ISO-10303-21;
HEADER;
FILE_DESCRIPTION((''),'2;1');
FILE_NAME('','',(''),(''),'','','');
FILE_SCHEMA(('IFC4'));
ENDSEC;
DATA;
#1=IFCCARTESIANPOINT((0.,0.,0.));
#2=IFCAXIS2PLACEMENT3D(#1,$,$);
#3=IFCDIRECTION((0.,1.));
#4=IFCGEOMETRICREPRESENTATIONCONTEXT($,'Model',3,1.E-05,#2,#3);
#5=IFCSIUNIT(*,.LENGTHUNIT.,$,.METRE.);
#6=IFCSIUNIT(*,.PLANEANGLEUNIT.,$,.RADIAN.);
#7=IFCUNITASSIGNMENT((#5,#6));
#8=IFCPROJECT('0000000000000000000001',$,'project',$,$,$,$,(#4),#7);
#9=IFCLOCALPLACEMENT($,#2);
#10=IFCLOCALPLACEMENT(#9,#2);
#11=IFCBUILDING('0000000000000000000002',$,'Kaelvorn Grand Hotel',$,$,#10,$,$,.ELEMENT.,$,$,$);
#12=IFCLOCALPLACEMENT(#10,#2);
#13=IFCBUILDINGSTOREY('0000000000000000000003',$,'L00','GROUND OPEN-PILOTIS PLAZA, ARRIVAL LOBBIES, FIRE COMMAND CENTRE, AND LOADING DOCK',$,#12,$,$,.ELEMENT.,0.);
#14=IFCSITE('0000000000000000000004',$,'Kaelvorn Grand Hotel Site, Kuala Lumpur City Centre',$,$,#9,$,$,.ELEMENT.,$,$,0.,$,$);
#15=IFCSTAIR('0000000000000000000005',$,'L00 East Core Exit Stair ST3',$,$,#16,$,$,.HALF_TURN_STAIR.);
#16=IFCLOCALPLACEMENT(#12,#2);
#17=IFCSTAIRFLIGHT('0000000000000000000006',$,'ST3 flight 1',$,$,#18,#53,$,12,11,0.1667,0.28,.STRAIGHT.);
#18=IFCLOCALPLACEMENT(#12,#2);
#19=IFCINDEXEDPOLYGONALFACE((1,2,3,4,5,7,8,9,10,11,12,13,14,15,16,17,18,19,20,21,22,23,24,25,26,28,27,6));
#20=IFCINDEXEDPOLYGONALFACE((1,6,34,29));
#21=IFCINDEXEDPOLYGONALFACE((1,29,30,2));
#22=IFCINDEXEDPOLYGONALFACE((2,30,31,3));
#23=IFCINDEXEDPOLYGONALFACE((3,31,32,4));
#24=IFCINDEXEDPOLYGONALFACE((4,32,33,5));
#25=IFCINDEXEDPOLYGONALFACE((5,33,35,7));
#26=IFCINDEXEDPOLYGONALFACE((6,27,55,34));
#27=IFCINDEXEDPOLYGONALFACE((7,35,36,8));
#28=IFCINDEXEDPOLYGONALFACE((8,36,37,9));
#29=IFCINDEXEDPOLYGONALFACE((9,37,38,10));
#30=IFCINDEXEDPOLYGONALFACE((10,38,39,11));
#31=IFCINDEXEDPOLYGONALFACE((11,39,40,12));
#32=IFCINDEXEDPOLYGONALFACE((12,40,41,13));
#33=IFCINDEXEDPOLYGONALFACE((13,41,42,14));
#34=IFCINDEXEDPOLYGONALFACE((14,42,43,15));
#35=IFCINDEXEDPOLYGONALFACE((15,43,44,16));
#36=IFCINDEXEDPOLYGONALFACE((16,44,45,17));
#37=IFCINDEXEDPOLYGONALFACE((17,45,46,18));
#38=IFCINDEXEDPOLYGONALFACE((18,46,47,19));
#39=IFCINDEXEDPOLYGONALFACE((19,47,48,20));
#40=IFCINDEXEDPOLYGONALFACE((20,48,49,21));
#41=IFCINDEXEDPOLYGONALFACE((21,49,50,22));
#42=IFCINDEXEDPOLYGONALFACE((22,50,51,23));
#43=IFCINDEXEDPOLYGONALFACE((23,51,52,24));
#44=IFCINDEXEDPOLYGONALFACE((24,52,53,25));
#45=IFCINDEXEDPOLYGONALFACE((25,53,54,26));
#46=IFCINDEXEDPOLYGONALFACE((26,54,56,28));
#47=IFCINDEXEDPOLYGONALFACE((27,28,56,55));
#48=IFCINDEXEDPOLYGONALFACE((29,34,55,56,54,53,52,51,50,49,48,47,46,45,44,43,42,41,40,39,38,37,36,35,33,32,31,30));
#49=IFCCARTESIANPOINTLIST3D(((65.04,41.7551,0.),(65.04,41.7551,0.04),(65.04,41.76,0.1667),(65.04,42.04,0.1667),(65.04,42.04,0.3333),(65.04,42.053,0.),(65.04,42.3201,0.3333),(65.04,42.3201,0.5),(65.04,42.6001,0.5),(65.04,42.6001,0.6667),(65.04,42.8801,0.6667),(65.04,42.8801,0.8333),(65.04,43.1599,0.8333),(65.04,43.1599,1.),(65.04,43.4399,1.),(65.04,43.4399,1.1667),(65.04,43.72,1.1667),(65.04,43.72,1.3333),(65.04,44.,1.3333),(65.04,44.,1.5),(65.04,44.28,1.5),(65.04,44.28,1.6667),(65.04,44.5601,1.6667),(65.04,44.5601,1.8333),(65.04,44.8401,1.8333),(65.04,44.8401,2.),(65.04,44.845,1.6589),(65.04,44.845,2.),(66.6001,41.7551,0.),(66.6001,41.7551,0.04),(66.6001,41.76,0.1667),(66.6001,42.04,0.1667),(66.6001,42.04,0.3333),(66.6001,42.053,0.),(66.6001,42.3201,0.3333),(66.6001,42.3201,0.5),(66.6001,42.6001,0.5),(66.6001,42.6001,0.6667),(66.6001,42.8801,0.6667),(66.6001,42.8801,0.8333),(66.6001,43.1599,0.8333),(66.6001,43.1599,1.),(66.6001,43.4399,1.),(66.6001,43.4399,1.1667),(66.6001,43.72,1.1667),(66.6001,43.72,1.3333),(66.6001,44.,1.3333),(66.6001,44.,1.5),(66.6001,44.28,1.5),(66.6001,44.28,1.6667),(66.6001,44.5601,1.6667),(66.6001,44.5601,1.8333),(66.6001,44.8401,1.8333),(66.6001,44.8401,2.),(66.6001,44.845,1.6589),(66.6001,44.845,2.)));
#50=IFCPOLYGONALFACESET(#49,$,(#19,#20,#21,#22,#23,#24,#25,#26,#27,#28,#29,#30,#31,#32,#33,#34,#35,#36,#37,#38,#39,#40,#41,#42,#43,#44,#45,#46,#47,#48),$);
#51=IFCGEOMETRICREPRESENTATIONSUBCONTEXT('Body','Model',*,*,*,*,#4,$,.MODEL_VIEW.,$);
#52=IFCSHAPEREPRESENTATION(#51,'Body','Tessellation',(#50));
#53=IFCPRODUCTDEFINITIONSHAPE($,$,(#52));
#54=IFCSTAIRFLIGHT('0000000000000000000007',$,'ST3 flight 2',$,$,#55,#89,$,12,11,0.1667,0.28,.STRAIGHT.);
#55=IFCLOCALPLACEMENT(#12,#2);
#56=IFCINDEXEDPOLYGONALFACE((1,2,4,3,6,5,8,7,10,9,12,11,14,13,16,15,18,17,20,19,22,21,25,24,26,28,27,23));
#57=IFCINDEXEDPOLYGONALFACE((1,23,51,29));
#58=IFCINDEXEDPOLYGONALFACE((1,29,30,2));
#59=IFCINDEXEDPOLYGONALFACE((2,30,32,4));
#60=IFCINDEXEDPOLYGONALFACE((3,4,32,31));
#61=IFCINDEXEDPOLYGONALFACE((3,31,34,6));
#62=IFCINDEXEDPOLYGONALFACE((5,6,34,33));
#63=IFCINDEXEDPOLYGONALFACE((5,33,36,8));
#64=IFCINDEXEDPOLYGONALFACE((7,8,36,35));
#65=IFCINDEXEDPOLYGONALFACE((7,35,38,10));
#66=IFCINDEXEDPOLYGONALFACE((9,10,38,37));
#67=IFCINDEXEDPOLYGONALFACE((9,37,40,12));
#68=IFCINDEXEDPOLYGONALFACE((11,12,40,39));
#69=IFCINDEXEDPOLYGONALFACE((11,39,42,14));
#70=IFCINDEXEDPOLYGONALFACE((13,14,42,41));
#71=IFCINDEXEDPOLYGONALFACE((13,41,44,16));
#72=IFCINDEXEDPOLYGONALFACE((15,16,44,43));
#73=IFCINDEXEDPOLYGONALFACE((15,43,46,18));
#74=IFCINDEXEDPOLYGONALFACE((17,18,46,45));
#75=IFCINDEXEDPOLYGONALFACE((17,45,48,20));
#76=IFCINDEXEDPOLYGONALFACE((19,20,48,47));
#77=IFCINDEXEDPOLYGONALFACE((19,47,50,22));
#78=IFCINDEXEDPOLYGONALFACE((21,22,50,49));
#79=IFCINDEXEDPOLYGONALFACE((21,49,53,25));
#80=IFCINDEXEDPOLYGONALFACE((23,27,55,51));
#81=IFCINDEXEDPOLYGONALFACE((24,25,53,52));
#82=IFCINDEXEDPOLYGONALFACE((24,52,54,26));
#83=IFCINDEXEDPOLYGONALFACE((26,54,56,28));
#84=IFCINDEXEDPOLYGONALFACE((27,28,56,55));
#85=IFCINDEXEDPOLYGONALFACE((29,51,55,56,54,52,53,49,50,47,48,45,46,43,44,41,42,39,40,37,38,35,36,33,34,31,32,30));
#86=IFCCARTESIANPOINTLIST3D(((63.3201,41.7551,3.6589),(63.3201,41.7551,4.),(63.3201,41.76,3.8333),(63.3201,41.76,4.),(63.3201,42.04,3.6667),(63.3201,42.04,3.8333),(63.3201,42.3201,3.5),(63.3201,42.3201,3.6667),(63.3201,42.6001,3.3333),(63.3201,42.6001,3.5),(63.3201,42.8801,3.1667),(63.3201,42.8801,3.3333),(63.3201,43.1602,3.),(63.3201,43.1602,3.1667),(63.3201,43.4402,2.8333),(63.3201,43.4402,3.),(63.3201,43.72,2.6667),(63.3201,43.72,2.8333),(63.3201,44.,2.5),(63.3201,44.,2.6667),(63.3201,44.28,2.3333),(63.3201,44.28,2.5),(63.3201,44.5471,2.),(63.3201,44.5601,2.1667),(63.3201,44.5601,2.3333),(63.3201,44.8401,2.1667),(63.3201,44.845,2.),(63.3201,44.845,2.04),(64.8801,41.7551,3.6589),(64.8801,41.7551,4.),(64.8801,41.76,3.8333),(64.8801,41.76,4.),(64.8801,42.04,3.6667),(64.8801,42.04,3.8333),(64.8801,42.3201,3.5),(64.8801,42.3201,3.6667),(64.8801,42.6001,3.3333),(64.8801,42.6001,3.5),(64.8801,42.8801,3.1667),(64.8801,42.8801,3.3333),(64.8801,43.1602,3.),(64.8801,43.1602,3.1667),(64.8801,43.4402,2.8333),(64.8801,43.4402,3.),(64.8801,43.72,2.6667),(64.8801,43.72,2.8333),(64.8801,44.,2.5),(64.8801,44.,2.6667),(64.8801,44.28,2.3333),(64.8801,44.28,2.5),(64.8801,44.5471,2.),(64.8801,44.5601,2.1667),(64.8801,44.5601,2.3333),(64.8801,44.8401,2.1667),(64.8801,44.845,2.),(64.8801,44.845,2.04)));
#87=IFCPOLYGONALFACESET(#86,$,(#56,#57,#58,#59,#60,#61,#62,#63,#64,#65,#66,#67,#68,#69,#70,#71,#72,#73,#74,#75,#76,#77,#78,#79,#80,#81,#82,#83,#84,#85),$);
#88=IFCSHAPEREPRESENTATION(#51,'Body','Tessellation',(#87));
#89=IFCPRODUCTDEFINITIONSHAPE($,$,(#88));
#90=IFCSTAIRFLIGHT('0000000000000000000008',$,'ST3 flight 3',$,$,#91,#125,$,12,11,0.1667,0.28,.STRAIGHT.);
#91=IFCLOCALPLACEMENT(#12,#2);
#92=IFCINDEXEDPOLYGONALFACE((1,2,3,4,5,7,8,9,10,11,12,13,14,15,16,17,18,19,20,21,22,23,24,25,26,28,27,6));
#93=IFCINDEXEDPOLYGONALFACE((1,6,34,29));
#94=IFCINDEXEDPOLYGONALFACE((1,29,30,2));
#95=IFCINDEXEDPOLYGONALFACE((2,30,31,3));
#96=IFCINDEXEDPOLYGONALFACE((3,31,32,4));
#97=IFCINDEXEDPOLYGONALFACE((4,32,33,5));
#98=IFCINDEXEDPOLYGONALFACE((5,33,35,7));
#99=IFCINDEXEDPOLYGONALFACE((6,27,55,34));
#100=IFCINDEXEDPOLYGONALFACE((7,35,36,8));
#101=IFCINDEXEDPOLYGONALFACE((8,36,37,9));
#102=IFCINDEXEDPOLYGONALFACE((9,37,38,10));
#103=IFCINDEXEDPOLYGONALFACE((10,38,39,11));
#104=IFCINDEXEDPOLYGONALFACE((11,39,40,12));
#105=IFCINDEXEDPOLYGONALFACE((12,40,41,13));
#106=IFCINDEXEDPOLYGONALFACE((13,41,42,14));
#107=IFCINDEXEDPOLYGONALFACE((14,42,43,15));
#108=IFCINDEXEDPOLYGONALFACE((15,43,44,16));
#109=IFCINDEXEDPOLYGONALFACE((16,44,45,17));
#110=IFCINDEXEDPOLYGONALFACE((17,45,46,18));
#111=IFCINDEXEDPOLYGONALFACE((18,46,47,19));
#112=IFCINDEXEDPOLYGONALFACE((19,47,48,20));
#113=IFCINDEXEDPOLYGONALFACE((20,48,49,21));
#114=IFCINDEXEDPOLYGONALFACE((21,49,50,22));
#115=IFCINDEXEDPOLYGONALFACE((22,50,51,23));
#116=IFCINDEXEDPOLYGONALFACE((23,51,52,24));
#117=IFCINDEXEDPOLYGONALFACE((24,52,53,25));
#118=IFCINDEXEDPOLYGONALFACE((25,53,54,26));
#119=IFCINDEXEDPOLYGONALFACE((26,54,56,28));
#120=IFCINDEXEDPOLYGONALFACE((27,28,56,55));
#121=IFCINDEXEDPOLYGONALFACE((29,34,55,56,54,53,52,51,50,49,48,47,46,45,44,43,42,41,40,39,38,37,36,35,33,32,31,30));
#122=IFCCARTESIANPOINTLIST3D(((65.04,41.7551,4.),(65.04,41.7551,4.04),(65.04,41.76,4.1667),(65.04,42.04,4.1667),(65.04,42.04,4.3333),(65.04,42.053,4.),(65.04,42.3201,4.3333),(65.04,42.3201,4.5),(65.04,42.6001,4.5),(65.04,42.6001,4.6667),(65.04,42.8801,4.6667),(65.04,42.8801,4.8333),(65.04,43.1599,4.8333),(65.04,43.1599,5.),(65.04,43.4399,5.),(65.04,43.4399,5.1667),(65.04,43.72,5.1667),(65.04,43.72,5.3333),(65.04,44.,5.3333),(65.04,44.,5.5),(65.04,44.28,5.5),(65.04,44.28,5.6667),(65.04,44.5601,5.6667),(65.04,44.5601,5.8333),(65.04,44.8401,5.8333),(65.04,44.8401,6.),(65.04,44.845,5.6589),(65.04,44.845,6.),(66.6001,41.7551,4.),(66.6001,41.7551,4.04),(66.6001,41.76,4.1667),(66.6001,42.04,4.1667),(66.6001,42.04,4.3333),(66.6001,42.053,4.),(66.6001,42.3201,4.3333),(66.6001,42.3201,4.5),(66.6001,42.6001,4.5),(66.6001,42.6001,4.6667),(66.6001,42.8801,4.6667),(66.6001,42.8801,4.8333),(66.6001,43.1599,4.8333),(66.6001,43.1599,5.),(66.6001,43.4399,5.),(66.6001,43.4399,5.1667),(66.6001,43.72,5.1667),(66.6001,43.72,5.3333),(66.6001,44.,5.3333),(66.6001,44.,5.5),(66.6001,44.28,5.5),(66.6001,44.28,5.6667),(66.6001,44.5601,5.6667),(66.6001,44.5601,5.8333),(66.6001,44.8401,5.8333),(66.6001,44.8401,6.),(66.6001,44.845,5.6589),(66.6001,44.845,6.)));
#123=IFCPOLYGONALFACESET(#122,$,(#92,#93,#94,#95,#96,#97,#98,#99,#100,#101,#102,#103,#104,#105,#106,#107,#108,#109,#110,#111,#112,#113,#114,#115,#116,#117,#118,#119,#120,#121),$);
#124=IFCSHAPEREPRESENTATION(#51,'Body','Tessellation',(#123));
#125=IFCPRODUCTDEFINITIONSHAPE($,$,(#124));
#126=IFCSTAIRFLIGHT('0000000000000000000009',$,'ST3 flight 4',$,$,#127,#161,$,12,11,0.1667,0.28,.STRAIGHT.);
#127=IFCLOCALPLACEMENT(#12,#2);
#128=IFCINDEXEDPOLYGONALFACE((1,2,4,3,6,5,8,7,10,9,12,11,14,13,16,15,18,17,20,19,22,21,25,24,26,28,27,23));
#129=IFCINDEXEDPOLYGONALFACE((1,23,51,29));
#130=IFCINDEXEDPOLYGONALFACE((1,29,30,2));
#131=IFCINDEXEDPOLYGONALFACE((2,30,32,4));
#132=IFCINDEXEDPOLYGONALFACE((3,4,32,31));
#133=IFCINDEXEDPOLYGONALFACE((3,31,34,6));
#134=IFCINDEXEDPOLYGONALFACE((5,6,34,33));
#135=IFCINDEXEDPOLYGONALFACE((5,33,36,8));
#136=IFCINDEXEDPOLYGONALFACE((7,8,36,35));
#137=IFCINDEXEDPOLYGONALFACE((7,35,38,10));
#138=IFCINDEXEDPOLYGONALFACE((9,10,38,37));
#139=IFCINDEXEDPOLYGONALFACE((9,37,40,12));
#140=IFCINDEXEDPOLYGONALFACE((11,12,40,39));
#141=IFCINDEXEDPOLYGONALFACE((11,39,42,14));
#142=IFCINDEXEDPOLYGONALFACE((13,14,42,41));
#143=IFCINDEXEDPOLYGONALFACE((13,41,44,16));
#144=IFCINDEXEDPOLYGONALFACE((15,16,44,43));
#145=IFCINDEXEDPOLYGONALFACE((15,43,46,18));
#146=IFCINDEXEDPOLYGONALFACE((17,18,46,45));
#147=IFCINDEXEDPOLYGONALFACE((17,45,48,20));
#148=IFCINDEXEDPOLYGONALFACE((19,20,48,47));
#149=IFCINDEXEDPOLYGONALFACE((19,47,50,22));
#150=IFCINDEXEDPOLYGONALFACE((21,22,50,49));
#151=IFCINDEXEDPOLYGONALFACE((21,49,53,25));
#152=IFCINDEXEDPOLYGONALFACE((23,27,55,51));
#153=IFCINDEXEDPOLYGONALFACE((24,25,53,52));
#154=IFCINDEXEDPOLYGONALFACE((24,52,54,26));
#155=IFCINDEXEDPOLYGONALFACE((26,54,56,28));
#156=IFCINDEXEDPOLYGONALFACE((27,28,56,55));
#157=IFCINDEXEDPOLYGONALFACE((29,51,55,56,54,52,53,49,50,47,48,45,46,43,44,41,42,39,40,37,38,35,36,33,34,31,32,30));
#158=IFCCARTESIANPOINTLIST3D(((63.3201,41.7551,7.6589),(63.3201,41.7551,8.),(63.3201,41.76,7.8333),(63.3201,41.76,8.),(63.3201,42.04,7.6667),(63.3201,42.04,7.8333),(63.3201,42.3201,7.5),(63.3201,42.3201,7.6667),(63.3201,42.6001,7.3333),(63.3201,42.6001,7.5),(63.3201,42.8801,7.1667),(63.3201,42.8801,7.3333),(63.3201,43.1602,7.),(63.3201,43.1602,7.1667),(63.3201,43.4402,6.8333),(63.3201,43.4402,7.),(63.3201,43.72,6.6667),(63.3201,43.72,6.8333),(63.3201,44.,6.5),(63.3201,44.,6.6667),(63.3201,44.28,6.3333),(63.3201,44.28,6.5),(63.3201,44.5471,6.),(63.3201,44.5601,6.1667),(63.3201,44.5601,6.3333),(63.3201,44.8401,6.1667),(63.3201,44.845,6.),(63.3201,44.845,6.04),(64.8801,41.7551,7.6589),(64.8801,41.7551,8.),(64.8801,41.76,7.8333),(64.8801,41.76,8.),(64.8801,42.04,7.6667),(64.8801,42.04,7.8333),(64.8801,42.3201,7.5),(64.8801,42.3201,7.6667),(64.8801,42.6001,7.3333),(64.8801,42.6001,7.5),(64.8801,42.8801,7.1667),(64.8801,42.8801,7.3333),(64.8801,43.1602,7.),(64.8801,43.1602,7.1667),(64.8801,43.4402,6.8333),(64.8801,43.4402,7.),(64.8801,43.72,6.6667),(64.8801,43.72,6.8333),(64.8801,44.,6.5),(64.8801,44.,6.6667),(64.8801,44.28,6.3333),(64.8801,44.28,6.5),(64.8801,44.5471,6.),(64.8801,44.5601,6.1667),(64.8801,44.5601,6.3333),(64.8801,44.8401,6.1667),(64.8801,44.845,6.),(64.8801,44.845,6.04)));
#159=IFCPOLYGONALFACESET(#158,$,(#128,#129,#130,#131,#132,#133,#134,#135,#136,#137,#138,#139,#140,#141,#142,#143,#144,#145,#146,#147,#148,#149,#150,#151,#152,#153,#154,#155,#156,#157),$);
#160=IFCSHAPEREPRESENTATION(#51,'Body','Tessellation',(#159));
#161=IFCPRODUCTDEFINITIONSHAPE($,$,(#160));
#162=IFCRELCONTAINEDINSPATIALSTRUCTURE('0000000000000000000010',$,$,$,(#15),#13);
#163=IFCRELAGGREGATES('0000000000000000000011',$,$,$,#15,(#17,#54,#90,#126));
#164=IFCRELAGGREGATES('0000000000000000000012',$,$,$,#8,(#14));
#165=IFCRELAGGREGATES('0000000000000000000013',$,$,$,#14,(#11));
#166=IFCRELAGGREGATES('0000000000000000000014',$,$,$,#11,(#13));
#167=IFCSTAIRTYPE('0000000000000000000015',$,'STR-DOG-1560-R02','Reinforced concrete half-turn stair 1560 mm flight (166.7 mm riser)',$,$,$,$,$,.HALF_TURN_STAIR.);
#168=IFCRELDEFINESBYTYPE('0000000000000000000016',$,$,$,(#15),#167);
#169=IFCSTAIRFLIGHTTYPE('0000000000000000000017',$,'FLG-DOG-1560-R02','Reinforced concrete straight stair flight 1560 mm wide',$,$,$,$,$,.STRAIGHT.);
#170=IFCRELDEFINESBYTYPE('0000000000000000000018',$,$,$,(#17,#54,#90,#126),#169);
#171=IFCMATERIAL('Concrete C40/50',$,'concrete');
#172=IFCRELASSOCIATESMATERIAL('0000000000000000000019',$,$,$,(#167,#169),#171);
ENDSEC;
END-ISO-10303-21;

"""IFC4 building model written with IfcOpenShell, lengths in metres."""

from ifc_helpers import new_model, si_unit, direction, frame, origin, place, context, subcontext, project, spatial, polyline, outline, extrude, material, type_object, element, aggregate, save


model = new_model("IFC4")

# Units and contexts
model_context = context("Model", 3, precision=1e-05, world=origin(), true_north=direction((0.0, 1.0)))
body_context = subcontext(model_context, "Body", "Model", "MODEL_VIEW")
ifc_project = project(units=[si_unit("LENGTHUNIT", "METRE"), si_unit("PLANEANGLEUNIT", "RADIAN")], contexts=[model_context])

# Site, building, storey
site_placement = place(None, origin())
site = spatial("IfcSite", under=ifc_project, at=site_placement, Name="Kaelvorn Grand Hotel Site, Kuala Lumpur City Centre", CompositionType="ELEMENT", RefElevation=0.0)
building_placement = place(site_placement, origin())
building = spatial("IfcBuilding", under=site, at=building_placement, Name="Kaelvorn Grand Hotel", CompositionType="ELEMENT")
storey_placement = place(building_placement, origin())
storey = spatial("IfcBuildingStorey", under=building, at=storey_placement, Name="L00", Description="GROUND OPEN-PILOTIS PLAZA, ARRIVAL LOBBIES, FIRE COMMAND CENTRE, AND LOADING DOCK", CompositionType="ELEMENT", Elevation=0.0)

# Shared definitions
ifc_material_1 = material(Name="Concrete C40/50", Category="concrete")

# Stair, stair flights
stair_type = type_object("IfcStairType", Name="STR-DOG-1560-R02", Description="Reinforced concrete half-turn stair 1560 mm flight (166.7 mm riser)", PredefinedType="HALF_TURN_STAIR", material=ifc_material_1)
stair_placement = place(storey_placement, origin())
stair = element("IfcStair", 1, at=stair_placement, inside=storey, type_object=stair_type, Name="L00 East Core Exit Stair ST3", PredefinedType="HALF_TURN_STAIR")
stair_flight_type = type_object("IfcStairFlightType", Name="FLG-DOG-1560-R02", Description="Reinforced concrete straight stair flight 1560 mm wide", PredefinedType="STRAIGHT", material=ifc_material_1)
stair_flight_1_placement = place(storey_placement, frame((65.8201, 41.76, 0.0), z_axis=(0.0, 0.0, 1.0), x_axis=(0.0, 1.0, 0.0)))
stair_flight_1 = element("IfcStairFlight", 2, at=stair_flight_1_placement, type_object=stair_flight_type, Name="ST3 flight 1", NumberOfRisers=12, NumberOfTreads=11, PredefinedType="STRAIGHT", RiserHeight=0.1667, TreadLength=0.28, context=body_context, shape_type="SweptSolid", body=[
    extrude(outline(polyline([(-0.0049, 0.0), (-0.0049, 0.04), (0.0, 0.1667), (0.28, 0.1667), (0.28, 0.3333), (0.5601, 0.3333), (0.5601, 0.5), (0.8401, 0.5), (0.8401, 0.6667), (1.1201, 0.6667), (1.1201, 0.8333), (1.3999, 0.8333), (1.3999, 1.0), (1.6799, 1.0), (1.6799, 1.1667), (1.96, 1.1667), (1.96, 1.3333), (2.24, 1.3333), (2.24, 1.5), (2.52, 1.5), (2.52, 1.6667), (2.8, 1.6667), (2.8, 1.8333), (3.0801, 1.8333), (3.0801, 2.0), (3.085, 2.0), (3.085, 1.6589), (0.293, 0.0), (-0.0049, 0.0)])), frame((0.0, 0.78, 0.0), z_axis=(0.0, -1.0, 0.0), x_axis=(1.0, 0.0, 0.0)), (0.0, 0.0, 1.0), 1.5601),
])
stair_flight_2_placement = place(storey_placement, frame((64.1001, 44.8401, 2.0), z_axis=(0.0, 0.0, 1.0), x_axis=(0.0, -1.0, 0.0)))
stair_flight_2 = element("IfcStairFlight", 3, at=stair_flight_2_placement, type_object=stair_flight_type, Name="ST3 flight 2", NumberOfRisers=12, NumberOfTreads=11, PredefinedType="STRAIGHT", RiserHeight=0.1667, TreadLength=0.28, context=body_context, shape_type="SweptSolid", body=[
    extrude(outline(polyline([(-0.0049, 0.0), (-0.0049, 0.04), (0.0, 0.1667), (0.28, 0.1667), (0.28, 0.3333), (0.5601, 0.3333), (0.5601, 0.5), (0.8401, 0.5), (0.8401, 0.6667), (1.1201, 0.6667), (1.1201, 0.8333), (1.3999, 0.8333), (1.3999, 1.0), (1.6799, 1.0), (1.6799, 1.1667), (1.96, 1.1667), (1.96, 1.3333), (2.24, 1.3333), (2.24, 1.5), (2.52, 1.5), (2.52, 1.6667), (2.8, 1.6667), (2.8, 1.8333), (3.0801, 1.8333), (3.0801, 2.0), (3.085, 2.0), (3.085, 1.6589), (0.293, 0.0), (-0.0049, 0.0)])), frame((0.0, 0.78, 0.0), z_axis=(0.0, -1.0, 0.0), x_axis=(1.0, 0.0, 0.0)), (0.0, 0.0, 1.0), 1.5601),
])
stair_flight_3_placement = place(storey_placement, frame((65.8201, 41.76, 4.0), z_axis=(0.0, 0.0, 1.0), x_axis=(0.0, 1.0, 0.0)))
stair_flight_3 = element("IfcStairFlight", 4, at=stair_flight_3_placement, type_object=stair_flight_type, Name="ST3 flight 3", NumberOfRisers=12, NumberOfTreads=11, PredefinedType="STRAIGHT", RiserHeight=0.1667, TreadLength=0.28, context=body_context, shape_type="SweptSolid", body=[
    extrude(outline(polyline([(-0.0049, 0.0), (-0.0049, 0.04), (0.0, 0.1667), (0.28, 0.1667), (0.28, 0.3333), (0.5601, 0.3333), (0.5601, 0.5), (0.8401, 0.5), (0.8401, 0.6667), (1.1201, 0.6667), (1.1201, 0.8333), (1.3999, 0.8333), (1.3999, 1.0), (1.6799, 1.0), (1.6799, 1.1667), (1.96, 1.1667), (1.96, 1.3333), (2.24, 1.3333), (2.24, 1.5), (2.52, 1.5), (2.52, 1.6667), (2.8, 1.6667), (2.8, 1.8333), (3.0801, 1.8333), (3.0801, 2.0), (3.085, 2.0), (3.085, 1.6589), (0.293, 0.0), (-0.0049, 0.0)])), frame((0.0, 0.78, 0.0), z_axis=(0.0, -1.0, 0.0), x_axis=(1.0, 0.0, 0.0)), (0.0, 0.0, 1.0), 1.5601),
])
stair_flight_4_placement = place(storey_placement, frame((64.1001, 44.8401, 6.0), z_axis=(0.0, 0.0, 1.0), x_axis=(0.0, -1.0, 0.0)))
stair_flight_4 = element("IfcStairFlight", 5, at=stair_flight_4_placement, type_object=stair_flight_type, Name="ST3 flight 4", NumberOfRisers=12, NumberOfTreads=11, PredefinedType="STRAIGHT", RiserHeight=0.1667, TreadLength=0.28, context=body_context, shape_type="SweptSolid", body=[
    extrude(outline(polyline([(-0.0049, 0.0), (-0.0049, 0.04), (0.0, 0.1667), (0.28, 0.1667), (0.28, 0.3333), (0.5601, 0.3333), (0.5601, 0.5), (0.8401, 0.5), (0.8401, 0.6667), (1.1201, 0.6667), (1.1201, 0.8333), (1.3999, 0.8333), (1.3999, 1.0), (1.6799, 1.0), (1.6799, 1.1667), (1.96, 1.1667), (1.96, 1.3333), (2.24, 1.3333), (2.24, 1.5), (2.52, 1.5), (2.52, 1.6667), (2.8, 1.6667), (2.8, 1.8333), (3.0801, 1.8333), (3.0801, 2.0), (3.085, 2.0), (3.085, 1.6589), (0.293, 0.0), (-0.0049, 0.0)])), frame((0.0, 0.78, 0.0), z_axis=(0.0, -1.0, 0.0), x_axis=(1.0, 0.0, 0.0)), (0.0, 0.0, 1.0), 1.5601),
])
aggregate(stair, [stair_flight_1, stair_flight_2, stair_flight_3, stair_flight_4])

save(model, "model.ifc")
